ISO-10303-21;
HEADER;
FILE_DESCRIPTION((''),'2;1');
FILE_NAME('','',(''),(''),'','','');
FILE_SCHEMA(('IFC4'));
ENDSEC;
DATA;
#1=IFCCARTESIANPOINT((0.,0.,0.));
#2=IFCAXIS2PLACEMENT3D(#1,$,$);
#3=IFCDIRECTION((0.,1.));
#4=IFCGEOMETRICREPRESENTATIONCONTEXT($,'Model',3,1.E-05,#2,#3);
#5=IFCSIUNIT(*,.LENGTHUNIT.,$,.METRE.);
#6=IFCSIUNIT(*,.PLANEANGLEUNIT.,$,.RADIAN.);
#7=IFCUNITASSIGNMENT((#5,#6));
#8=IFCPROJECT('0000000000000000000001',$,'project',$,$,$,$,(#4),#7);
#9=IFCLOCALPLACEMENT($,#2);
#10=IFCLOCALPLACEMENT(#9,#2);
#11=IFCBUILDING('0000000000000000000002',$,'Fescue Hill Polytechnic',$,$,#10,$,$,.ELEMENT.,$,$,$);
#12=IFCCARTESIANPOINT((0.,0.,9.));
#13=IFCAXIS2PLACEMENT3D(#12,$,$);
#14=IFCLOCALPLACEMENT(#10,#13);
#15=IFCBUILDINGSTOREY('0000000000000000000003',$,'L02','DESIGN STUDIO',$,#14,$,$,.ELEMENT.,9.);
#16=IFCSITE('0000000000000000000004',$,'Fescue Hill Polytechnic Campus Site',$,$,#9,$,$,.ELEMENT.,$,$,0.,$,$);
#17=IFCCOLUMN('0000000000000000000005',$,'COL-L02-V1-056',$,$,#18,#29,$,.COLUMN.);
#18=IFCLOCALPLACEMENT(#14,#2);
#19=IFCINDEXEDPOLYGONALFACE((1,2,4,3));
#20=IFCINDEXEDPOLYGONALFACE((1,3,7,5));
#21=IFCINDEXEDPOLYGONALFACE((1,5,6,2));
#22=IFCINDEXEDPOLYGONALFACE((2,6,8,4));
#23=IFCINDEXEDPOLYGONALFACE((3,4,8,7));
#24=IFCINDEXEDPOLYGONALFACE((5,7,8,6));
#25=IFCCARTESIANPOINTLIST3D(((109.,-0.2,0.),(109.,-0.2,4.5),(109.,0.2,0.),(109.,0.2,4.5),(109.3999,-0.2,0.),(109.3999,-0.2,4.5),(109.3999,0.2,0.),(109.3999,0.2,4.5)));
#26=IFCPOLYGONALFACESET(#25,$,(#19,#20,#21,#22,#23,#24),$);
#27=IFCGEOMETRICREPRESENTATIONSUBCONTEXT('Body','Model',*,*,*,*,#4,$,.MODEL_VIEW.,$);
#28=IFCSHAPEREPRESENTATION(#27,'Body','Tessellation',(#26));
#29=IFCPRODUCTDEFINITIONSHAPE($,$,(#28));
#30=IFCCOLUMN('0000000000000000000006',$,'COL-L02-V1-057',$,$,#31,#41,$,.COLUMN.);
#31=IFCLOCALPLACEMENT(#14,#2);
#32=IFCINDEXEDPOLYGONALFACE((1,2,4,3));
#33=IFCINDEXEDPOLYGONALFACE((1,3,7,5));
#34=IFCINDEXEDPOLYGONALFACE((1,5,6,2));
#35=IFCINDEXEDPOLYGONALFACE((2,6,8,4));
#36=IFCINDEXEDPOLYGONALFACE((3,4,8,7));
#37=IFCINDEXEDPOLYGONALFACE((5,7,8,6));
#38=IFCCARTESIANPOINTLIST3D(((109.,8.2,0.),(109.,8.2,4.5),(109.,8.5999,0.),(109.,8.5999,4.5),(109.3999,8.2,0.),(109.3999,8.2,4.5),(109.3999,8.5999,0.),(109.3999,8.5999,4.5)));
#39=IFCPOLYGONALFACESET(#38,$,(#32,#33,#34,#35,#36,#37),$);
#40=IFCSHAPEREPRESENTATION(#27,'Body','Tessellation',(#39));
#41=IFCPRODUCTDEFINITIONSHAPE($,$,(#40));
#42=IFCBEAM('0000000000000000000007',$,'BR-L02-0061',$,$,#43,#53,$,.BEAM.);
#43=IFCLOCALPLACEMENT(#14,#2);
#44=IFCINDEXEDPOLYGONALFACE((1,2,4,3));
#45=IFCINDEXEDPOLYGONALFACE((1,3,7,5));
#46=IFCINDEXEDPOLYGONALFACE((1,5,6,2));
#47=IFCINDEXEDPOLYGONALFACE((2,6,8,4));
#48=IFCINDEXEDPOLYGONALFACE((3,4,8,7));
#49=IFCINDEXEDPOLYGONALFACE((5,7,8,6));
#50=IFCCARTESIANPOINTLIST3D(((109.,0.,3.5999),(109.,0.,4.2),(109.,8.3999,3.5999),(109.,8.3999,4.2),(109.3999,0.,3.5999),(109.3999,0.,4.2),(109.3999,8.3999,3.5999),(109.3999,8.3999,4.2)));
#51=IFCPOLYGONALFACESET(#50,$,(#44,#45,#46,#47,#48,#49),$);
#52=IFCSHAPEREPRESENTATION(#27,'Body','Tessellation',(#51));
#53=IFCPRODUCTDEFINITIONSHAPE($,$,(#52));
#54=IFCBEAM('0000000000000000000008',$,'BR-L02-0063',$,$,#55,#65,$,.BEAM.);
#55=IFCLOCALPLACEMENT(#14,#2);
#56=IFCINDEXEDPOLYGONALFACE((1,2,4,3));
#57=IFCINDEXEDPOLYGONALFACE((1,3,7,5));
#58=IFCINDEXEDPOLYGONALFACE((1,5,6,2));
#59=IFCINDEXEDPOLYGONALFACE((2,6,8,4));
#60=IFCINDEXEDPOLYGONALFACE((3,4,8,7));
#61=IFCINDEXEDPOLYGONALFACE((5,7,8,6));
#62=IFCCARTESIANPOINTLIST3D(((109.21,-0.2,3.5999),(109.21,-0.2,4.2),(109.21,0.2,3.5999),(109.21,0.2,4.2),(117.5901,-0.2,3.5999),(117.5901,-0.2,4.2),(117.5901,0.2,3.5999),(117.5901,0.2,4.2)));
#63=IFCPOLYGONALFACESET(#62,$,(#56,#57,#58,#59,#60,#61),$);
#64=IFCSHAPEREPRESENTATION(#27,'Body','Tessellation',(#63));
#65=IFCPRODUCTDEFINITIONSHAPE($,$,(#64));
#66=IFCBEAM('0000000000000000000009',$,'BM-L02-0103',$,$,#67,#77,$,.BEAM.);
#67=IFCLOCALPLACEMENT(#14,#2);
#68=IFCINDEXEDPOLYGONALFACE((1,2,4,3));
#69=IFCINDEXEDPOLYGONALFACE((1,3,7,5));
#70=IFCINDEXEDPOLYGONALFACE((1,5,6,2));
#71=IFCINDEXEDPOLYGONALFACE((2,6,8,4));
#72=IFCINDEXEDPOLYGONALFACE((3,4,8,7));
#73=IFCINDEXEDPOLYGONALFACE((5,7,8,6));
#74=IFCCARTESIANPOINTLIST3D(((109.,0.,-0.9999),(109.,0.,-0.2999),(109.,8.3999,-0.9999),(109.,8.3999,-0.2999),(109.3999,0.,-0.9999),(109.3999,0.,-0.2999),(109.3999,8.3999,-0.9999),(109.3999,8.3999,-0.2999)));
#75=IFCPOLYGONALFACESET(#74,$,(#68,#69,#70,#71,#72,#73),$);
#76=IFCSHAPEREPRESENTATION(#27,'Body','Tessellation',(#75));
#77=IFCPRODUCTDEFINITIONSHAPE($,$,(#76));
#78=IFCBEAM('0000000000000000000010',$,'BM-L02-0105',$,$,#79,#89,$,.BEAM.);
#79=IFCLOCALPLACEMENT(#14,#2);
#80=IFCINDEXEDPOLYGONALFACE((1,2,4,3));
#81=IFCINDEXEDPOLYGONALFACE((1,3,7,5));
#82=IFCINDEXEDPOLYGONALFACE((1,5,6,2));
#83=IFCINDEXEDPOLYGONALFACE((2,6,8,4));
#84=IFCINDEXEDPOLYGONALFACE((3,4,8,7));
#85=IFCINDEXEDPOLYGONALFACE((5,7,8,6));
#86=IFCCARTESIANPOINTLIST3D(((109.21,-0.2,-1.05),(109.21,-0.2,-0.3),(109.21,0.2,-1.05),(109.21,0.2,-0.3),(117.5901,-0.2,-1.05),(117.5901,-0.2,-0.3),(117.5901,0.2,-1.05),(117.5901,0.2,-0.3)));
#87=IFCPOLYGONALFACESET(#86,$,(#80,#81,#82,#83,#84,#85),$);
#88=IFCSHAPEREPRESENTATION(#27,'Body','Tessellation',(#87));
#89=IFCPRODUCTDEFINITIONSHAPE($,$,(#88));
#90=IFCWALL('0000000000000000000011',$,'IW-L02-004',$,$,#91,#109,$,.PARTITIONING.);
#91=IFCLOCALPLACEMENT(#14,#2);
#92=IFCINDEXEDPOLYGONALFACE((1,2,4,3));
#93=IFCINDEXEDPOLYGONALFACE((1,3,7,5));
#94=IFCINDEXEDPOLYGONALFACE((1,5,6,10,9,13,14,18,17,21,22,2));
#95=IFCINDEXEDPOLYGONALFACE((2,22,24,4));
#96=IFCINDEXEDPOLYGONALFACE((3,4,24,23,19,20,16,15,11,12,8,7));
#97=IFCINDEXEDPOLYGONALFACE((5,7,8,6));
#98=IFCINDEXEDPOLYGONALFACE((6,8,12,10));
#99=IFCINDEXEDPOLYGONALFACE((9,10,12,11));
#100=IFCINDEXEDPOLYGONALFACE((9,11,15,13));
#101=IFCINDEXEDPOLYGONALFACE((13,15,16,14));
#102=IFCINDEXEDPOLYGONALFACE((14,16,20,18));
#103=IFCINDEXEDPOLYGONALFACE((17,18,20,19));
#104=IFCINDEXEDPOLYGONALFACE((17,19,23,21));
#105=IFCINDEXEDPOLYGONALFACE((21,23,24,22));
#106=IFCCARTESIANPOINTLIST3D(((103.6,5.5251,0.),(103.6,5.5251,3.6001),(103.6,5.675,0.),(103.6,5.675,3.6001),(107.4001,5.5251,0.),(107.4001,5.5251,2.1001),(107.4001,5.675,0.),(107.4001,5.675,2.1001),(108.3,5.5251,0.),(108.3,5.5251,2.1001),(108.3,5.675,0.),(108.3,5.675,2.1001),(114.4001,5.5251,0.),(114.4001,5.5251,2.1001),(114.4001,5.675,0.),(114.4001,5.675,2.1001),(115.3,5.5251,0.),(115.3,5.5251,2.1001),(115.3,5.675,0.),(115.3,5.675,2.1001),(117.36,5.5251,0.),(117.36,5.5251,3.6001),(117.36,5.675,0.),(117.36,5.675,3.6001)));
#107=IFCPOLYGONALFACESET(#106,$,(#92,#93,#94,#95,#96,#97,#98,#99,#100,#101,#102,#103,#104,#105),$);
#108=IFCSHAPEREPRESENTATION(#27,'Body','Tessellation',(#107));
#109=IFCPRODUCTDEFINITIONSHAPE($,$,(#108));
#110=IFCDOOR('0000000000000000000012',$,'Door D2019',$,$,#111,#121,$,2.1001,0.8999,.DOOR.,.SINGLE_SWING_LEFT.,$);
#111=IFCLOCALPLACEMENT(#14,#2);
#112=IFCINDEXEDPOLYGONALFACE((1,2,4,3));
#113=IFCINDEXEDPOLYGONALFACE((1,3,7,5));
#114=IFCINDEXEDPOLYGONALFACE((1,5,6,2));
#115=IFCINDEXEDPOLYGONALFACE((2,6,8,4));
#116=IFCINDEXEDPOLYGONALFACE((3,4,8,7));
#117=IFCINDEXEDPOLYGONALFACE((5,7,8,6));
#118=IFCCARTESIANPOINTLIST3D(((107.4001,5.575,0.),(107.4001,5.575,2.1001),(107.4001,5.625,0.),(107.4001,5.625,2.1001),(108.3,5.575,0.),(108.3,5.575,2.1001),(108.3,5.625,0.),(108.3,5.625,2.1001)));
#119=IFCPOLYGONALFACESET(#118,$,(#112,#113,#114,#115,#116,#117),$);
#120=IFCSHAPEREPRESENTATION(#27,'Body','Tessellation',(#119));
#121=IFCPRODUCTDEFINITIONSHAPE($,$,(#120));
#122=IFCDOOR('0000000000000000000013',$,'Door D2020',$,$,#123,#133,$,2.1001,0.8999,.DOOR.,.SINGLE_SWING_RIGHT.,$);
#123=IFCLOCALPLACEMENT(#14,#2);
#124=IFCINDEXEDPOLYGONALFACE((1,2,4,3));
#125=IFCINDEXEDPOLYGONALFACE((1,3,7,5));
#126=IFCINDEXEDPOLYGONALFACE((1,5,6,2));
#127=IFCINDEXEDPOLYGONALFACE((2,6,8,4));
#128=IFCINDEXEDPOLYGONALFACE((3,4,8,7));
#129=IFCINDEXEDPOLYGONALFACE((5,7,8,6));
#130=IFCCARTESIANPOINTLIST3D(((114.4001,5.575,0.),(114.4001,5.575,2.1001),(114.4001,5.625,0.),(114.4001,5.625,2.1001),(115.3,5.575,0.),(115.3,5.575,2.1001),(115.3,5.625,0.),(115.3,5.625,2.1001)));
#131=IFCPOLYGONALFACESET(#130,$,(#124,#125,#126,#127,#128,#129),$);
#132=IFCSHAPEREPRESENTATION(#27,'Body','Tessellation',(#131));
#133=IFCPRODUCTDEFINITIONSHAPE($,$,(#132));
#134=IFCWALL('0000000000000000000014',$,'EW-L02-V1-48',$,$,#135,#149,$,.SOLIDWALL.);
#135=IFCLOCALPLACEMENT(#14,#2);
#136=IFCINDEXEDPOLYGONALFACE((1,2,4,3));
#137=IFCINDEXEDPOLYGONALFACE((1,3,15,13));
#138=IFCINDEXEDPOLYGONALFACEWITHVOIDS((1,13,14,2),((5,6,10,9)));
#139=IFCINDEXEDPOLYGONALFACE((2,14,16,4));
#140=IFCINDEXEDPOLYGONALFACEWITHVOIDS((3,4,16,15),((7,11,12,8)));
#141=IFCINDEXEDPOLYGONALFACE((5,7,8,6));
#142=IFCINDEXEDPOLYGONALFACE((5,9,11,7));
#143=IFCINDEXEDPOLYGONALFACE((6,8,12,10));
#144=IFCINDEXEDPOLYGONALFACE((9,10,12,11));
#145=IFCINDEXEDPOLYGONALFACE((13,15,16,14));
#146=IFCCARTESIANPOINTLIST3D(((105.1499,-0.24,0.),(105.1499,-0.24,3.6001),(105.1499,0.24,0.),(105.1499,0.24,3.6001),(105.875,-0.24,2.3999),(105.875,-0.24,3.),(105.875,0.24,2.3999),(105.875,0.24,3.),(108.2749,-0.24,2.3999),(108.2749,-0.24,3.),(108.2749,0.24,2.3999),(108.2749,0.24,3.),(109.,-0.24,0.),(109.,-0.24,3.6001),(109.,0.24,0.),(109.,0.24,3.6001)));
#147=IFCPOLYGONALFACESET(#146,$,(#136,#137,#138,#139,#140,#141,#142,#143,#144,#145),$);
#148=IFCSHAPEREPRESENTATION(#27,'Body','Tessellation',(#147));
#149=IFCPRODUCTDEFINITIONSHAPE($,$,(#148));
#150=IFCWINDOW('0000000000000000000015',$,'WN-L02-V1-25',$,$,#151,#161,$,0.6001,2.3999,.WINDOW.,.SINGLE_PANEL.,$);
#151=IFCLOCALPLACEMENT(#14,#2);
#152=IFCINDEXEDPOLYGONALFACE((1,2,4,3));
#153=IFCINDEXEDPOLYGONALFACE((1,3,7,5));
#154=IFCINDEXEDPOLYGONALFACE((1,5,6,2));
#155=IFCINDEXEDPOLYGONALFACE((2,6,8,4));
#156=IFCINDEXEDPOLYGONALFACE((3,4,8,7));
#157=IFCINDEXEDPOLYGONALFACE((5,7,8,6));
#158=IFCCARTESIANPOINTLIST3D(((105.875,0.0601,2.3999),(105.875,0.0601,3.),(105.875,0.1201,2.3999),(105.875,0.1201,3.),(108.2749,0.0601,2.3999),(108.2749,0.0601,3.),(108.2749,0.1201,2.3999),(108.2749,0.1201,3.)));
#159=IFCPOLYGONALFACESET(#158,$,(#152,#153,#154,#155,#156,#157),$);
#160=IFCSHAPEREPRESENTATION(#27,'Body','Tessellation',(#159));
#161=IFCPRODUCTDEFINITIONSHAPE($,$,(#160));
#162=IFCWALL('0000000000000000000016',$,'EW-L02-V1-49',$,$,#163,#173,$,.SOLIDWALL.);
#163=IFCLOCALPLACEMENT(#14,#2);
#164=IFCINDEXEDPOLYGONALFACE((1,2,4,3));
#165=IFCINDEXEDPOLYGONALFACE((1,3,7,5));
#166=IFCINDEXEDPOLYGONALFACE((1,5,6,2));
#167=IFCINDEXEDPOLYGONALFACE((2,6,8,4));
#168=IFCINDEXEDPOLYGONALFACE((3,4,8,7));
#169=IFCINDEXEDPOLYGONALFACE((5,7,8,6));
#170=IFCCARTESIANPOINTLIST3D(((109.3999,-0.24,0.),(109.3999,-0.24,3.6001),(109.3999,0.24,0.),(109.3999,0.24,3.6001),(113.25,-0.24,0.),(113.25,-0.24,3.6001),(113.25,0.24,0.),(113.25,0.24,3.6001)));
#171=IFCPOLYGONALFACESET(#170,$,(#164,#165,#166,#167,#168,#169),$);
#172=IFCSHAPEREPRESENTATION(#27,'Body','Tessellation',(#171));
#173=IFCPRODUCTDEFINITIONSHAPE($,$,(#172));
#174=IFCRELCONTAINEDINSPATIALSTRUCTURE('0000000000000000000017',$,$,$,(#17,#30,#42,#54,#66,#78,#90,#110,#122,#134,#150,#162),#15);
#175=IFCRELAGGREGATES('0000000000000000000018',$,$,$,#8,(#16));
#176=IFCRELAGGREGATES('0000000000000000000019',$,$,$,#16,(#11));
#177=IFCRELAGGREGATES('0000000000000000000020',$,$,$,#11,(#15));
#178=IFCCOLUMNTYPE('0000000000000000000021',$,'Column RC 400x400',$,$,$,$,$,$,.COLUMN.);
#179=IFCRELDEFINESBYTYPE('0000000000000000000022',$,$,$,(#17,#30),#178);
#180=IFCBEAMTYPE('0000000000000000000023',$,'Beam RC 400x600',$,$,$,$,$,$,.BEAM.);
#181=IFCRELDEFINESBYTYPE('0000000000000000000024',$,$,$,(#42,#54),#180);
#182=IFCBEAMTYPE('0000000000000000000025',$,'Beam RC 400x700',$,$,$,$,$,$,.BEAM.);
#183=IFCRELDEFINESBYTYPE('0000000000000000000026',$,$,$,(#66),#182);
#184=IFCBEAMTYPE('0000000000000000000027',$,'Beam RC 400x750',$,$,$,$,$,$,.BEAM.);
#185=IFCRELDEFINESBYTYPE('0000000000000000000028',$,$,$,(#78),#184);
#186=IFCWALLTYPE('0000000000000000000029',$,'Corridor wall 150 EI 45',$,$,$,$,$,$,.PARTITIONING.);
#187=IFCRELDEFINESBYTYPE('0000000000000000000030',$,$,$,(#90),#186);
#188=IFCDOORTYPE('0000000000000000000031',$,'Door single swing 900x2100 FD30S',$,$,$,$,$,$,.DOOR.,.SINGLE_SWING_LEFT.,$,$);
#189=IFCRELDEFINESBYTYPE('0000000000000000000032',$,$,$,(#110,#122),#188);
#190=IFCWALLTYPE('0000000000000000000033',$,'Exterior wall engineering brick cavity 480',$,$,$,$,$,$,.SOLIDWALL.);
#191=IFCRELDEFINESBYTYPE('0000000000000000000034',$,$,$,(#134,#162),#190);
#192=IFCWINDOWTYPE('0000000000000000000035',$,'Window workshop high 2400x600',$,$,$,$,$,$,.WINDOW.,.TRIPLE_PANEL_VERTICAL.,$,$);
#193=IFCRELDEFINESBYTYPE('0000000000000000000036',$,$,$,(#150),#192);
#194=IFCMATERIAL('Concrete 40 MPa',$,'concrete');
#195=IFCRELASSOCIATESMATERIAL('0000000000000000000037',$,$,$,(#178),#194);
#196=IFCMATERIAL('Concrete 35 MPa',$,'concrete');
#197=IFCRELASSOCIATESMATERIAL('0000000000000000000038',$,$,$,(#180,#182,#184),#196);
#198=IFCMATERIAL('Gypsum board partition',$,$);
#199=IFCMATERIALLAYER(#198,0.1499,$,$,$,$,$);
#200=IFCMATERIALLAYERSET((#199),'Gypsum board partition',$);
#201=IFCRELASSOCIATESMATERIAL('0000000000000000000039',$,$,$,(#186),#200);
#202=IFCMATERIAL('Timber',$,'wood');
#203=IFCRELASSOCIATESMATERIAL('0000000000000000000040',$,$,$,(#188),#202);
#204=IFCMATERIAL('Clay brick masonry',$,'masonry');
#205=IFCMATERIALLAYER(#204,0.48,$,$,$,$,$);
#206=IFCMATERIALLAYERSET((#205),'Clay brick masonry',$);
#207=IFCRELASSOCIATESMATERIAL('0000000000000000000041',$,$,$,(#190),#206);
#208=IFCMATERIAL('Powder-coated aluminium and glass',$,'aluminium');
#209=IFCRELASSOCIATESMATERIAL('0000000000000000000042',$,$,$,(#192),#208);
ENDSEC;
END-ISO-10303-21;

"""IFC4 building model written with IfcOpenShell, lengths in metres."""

from ifc_helpers import new_model, si_unit, direction, frame, frame_2d, origin, origin_2d, place, context, subcontext, project, spatial, rectangle, extrude, material, layer, layer_set, material_profile, profile_set, type_object, element, fill, save


model = new_model("IFC4")

# Units and contexts
model_context = context("Model", 3, precision=1e-05, world=origin(), true_north=direction((0.0, 1.0)))
body_context = subcontext(model_context, "Body", "Model", "MODEL_VIEW")
ifc_project = project(units=[si_unit("LENGTHUNIT", "METRE"), si_unit("PLANEANGLEUNIT", "RADIAN")], contexts=[model_context])

# Site, building, storey
site_placement = place(None, origin())
site = spatial("IfcSite", under=ifc_project, at=site_placement, Name="Fescue Hill Polytechnic Campus Site", CompositionType="ELEMENT", RefElevation=0.0)
building_placement = place(site_placement, origin())
building = spatial("IfcBuilding", under=site, at=building_placement, Name="Fescue Hill Polytechnic", CompositionType="ELEMENT")
storey_placement = place(building_placement, frame((0.0, 0.0, 9.0)))
storey = spatial("IfcBuildingStorey", under=building, at=storey_placement, Name="L02", Description="DESIGN STUDIO", CompositionType="ELEMENT", Elevation=9.0)

# Columns
ifc_material_1 = material(Name="Concrete 40 MPa", Category="concrete")
ifc_material_profile_1 = material_profile(ifc_material_1, rectangle(XDim=0.3999, YDim=0.3999, at=origin_2d()), Name="RC 400x400")
ifc_profile_set_1 = profile_set([ifc_material_profile_1], Name="Concrete 40 MPa")
column_type = type_object("IfcColumnType", Name="Column RC 400x400", PredefinedType="COLUMN", material=ifc_profile_set_1)
for number, where, z_axis, x_axis, name in (
    (1, (109.2, 0.0, 0.0), (0.0, 0.0, 1.0), (1.0, 0.0, 0.0), "COL-L02-V1-056"),
    (2, (109.2, 8.3999, 0.0), (0.0, 0.0, 1.0), (1.0, 0.0, 0.0), "COL-L02-V1-057"),
):
    element("IfcColumn", number, at=place(storey_placement, frame(where, z_axis=z_axis, x_axis=x_axis)), inside=storey, type_object=column_type, Name=name, PredefinedType="COLUMN", context=body_context, shape_type="SweptSolid", body=[
        extrude(rectangle(XDim=0.3999, YDim=0.3999, at=origin_2d()), origin(), (0.0, 0.0, 1.0), 4.5),
    ])

# Beams
ifc_material_2 = material(Name="Concrete 35 MPa", Category="concrete")
ifc_material_profile_2 = material_profile(ifc_material_2, rectangle(XDim=0.3999, YDim=0.6001, at=origin_2d()), Name="RC 400x600")
ifc_profile_set_2 = profile_set([ifc_material_profile_2], Name="Concrete 35 MPa")
beam_type_1 = type_object("IfcBeamType", Name="Beam RC 400x600", PredefinedType="BEAM", material=ifc_profile_set_2)
beam_1_placement = place(storey_placement, frame((109.2, 0.0, 3.8999), z_axis=(0.0, 1.0, 0.0), x_axis=(-1.0, 0.0, 0.0)))
element("IfcBeam", 3, at=beam_1_placement, inside=storey, type_object=beam_type_1, Name="BR-L02-0061", PredefinedType="BEAM", context=body_context, shape_type="SweptSolid", body=[
    extrude(rectangle(XDim=0.3999, YDim=0.6001, at=origin_2d()), origin(), (0.0, 0.0, 1.0), 8.3999),
])
beam_2_placement = place(storey_placement, frame((109.21, 0.0, 3.8999), z_axis=(1.0, 0.0, 0.0), x_axis=(0.0, 1.0, 0.0)))
element("IfcBeam", 4, at=beam_2_placement, inside=storey, type_object=beam_type_1, Name="BR-L02-0063", PredefinedType="BEAM", context=body_context, shape_type="SweptSolid", body=[
    extrude(rectangle(XDim=0.3999, YDim=0.6001, at=origin_2d()), origin(), (0.0, 0.0, 1.0), 8.3801),
])
ifc_material_profile_3 = material_profile(ifc_material_2, rectangle(XDim=0.3999, YDim=0.7, at=origin_2d()), Name="RC 400x700")
ifc_profile_set_3 = profile_set([ifc_material_profile_3], Name="Concrete 35 MPa")
beam_type_2 = type_object("IfcBeamType", Name="Beam RC 400x700", PredefinedType="BEAM", material=ifc_profile_set_3)
beam_3_placement = place(storey_placement, frame((109.2, 0.0, -0.6499), z_axis=(0.0, 1.0, 0.0), x_axis=(-1.0, 0.0, 0.0)))
element("IfcBeam", 5, at=beam_3_placement, inside=storey, type_object=beam_type_2, Name="BM-L02-0103", PredefinedType="BEAM", context=body_context, shape_type="SweptSolid", body=[
    extrude(rectangle(XDim=0.3999, YDim=0.7, at=origin_2d()), origin(), (0.0, 0.0, 1.0), 8.3999),
])
ifc_material_profile_4 = material_profile(ifc_material_2, rectangle(XDim=0.3999, YDim=0.75, at=origin_2d()), Name="RC 400x750")
ifc_profile_set_4 = profile_set([ifc_material_profile_4], Name="Concrete 35 MPa")
beam_type_3 = type_object("IfcBeamType", Name="Beam RC 400x750", PredefinedType="BEAM", material=ifc_profile_set_4)
beam_4_placement = place(storey_placement, frame((109.21, 0.0, -0.675), z_axis=(1.0, 0.0, 0.0), x_axis=(0.0, 1.0, 0.0)))
element("IfcBeam", 6, at=beam_4_placement, inside=storey, type_object=beam_type_3, Name="BM-L02-0105", PredefinedType="BEAM", context=body_context, shape_type="SweptSolid", body=[
    extrude(rectangle(XDim=0.3999, YDim=0.75, at=origin_2d()), origin(), (0.0, 0.0, 1.0), 8.3801),
])

# Wall, openings, doors
ifc_material_3 = material(Name="Gypsum board partition")
ifc_layer_1 = layer(ifc_material_3, 0.1499)
ifc_layer_set_1 = layer_set([ifc_layer_1], Name="Gypsum board partition")
wall_type_1 = type_object("IfcWallType", Name="Corridor wall 150 EI 45", PredefinedType="PARTITIONING", material=ifc_layer_set_1)
wall_1_placement = place(storey_placement, frame((103.6001, 5.6001, 0.0), z_axis=(0.0, 0.0, 1.0), x_axis=(1.0, 0.0, 0.0)))
wall_1 = element("IfcWall", 7, at=wall_1_placement, inside=storey, type_object=wall_type_1, Name="IW-L02-004", PredefinedType="PARTITIONING", context=body_context, shape_type="SweptSolid", body=[
    extrude(rectangle(XDim=13.76, YDim=0.1499, at=frame_2d((6.8799, 0.0))), origin(), (0.0, 0.0, 1.0), 3.6001),
])
opening_1_placement = place(wall_1_placement, frame((3.8, 0.0, 0.0)))
opening_1 = element("IfcOpeningElement", 8, at=opening_1_placement, cuts=wall_1, PredefinedType="OPENING", context=body_context, shape_type="SweptSolid", body=[
    extrude(rectangle(XDim=0.8999, YDim=2.1001, at=frame_2d((0.45, 1.05))), frame((0.0, 0.085, 0.0), z_axis=(0.0, -1.0, 0.0), x_axis=(1.0, 0.0, 0.0)), (0.0, 0.0, 1.0), 0.1699),
])
opening_2_placement = place(wall_1_placement, frame((10.8, 0.0, 0.0)))
opening_2 = element("IfcOpeningElement", 9, at=opening_2_placement, cuts=wall_1, PredefinedType="OPENING", context=body_context, shape_type="SweptSolid", body=[
    extrude(rectangle(XDim=0.8999, YDim=2.1001, at=frame_2d((0.45, 1.05))), frame((0.0, 0.085, 0.0), z_axis=(0.0, -1.0, 0.0), x_axis=(1.0, 0.0, 0.0)), (0.0, 0.0, 1.0), 0.1699),
])
ifc_material_4 = material(Name="Timber", Category="wood")
door_type_1 = type_object("IfcDoorType", Name="Door single swing 900x2100 FD30S", OperationType="SINGLE_SWING_LEFT", PredefinedType="DOOR", material=ifc_material_4)
door_1_placement = place(opening_1_placement, origin())
door_1 = element("IfcDoor", 10, at=door_1_placement, inside=storey, type_object=door_type_1, Name="Door D2019", OperationType="SINGLE_SWING_LEFT", OverallHeight=2.1001, OverallWidth=0.8999, PredefinedType="DOOR", context=body_context, shape_type="SweptSolid", body=[
    extrude(rectangle(XDim=0.8999, YDim=2.1001, at=frame_2d((0.45, 1.05))), frame((0.0, 0.0249, 0.0), z_axis=(0.0, -1.0, 0.0), x_axis=(1.0, 0.0, 0.0)), (0.0, 0.0, 1.0), 0.05),
])
fill(opening_1, door_1)
door_2_placement = place(opening_2_placement, origin())
door_2 = element("IfcDoor", 11, at=door_2_placement, inside=storey, type_object=door_type_1, Name="Door D2020", OperationType="SINGLE_SWING_RIGHT", OverallHeight=2.1001, OverallWidth=0.8999, PredefinedType="DOOR", context=body_context, shape_type="SweptSolid", body=[
    extrude(rectangle(XDim=0.8999, YDim=2.1001, at=frame_2d((0.45, 1.05))), frame((0.0, 0.0249, 0.0), z_axis=(0.0, -1.0, 0.0), x_axis=(1.0, 0.0, 0.0)), (0.0, 0.0, 1.0), 0.05),
])
fill(opening_2, door_2)

# Wall, opening, window
ifc_material_5 = material(Name="Clay brick masonry", Category="masonry")
ifc_layer_2 = layer(ifc_material_5, 0.48)
ifc_layer_set_2 = layer_set([ifc_layer_2], Name="Clay brick masonry")
wall_type_2 = type_object("IfcWallType", Name="Exterior wall engineering brick cavity 480", PredefinedType="SOLIDWALL", material=ifc_layer_set_2)
wall_2_placement = place(storey_placement, frame((105.1499, 0.0, 0.0), z_axis=(0.0, 0.0, 1.0), x_axis=(1.0, 0.0, 0.0)))
wall_2 = element("IfcWall", 12, at=wall_2_placement, inside=storey, type_object=wall_type_2, Name="EW-L02-V1-48", PredefinedType="SOLIDWALL", context=body_context, shape_type="SweptSolid", body=[
    extrude(rectangle(XDim=3.8501, YDim=0.48, at=frame_2d((1.925, 0.0))), origin(), (0.0, 0.0, 1.0), 3.6001),
])
opening_3_placement = place(wall_2_placement, frame((0.7251, 0.0, 2.3999)))
opening_3 = element("IfcOpeningElement", 13, at=opening_3_placement, cuts=wall_2, PredefinedType="OPENING", context=body_context, shape_type="SweptSolid", body=[
    extrude(rectangle(XDim=2.3999, YDim=0.6001, at=frame_2d((1.2, 0.3))), frame((0.0, 0.25, 0.0), z_axis=(0.0, -1.0, 0.0), x_axis=(1.0, 0.0, 0.0)), (0.0, 0.0, 1.0), 0.5),
])
ifc_material_6 = material(Name="Powder-coated aluminium and glass", Category="aluminium")
window_type_1 = type_object("IfcWindowType", Name="Window workshop high 2400x600", PartitioningType="TRIPLE_PANEL_VERTICAL", PredefinedType="WINDOW", material=ifc_material_6)
window_1_placement = place(opening_3_placement, origin())
window_1 = element("IfcWindow", 14, at=window_1_placement, inside=storey, type_object=window_type_1, Name="WN-L02-V1-25", OverallHeight=0.6001, OverallWidth=2.3999, PartitioningType="SINGLE_PANEL", PredefinedType="WINDOW", context=body_context, shape_type="SweptSolid", body=[
    extrude(rectangle(XDim=2.3999, YDim=0.6001, at=frame_2d((1.2, 0.3))), frame((0.0, 0.1201, 0.0), z_axis=(0.0, -1.0, 0.0), x_axis=(1.0, 0.0, 0.0)), (0.0, 0.0, 1.0), 0.0601),
])
fill(opening_3, window_1)

# Wall
wall_3_placement = place(storey_placement, frame((109.3999, 0.0, 0.0), z_axis=(0.0, 0.0, 1.0), x_axis=(1.0, 0.0, 0.0)))
element("IfcWall", 15, at=wall_3_placement, inside=storey, type_object=wall_type_2, Name="EW-L02-V1-49", PredefinedType="SOLIDWALL", context=body_context, shape_type="SweptSolid", body=[
    extrude(rectangle(XDim=3.8501, YDim=0.48, at=frame_2d((1.925, 0.0))), origin(), (0.0, 0.0, 1.0), 3.6001),
])

save(model, "model.ifc")
